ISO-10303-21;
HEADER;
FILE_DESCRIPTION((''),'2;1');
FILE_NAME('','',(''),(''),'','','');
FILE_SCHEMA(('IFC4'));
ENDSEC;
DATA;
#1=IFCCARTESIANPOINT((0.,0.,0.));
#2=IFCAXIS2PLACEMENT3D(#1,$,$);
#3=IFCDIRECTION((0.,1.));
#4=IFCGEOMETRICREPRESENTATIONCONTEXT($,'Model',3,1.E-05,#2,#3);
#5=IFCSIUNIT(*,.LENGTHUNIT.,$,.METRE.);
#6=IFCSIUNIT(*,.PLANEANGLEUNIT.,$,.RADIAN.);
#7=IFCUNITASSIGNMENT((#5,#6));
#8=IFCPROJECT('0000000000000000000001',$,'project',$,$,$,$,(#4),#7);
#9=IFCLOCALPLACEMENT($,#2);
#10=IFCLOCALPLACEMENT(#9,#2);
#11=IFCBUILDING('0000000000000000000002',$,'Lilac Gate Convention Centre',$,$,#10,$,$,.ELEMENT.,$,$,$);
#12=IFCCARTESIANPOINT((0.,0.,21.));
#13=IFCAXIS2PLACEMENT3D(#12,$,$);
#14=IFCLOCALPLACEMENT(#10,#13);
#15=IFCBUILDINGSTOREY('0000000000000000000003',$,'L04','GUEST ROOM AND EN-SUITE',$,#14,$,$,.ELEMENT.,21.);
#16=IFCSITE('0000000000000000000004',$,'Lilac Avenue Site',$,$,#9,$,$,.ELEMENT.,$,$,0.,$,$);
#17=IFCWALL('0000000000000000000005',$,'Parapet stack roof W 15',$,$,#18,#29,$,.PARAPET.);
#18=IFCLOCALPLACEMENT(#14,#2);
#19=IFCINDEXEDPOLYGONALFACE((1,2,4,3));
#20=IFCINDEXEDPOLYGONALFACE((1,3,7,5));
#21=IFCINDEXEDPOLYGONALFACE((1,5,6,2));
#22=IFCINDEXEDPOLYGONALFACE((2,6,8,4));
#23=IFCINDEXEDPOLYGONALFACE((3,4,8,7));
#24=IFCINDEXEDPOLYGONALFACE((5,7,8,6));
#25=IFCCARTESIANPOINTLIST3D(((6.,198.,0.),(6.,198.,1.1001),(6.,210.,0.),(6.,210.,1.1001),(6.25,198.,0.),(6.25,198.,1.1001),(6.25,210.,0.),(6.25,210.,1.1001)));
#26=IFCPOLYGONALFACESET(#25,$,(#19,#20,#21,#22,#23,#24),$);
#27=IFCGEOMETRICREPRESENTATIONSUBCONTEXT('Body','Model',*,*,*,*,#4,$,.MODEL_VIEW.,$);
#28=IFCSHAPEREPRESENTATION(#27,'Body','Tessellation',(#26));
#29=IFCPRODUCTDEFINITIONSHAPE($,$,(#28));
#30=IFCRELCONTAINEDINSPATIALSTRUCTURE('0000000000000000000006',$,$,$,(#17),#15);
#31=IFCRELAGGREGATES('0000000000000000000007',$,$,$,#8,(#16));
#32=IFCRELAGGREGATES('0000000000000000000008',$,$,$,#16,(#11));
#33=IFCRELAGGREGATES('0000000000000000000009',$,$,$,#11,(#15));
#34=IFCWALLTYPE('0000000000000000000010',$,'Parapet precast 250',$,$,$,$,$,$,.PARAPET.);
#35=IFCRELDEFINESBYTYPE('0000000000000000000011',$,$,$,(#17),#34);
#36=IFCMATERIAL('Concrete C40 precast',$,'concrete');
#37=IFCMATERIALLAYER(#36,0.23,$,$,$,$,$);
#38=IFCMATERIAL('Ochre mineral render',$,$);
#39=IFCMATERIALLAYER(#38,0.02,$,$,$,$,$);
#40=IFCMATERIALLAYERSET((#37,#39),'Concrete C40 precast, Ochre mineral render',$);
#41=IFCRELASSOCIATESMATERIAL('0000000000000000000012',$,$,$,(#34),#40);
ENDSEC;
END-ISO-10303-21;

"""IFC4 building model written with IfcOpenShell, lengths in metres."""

from ifc_helpers import new_model, si_unit, direction, frame, frame_2d, origin, place, context, subcontext, project, spatial, rectangle, extrude, material, layer, layer_set, type_object, element, save


model = new_model("IFC4")

# Units and contexts
model_context = context("Model", 3, precision=1e-05, world=origin(), true_north=direction((0.0, 1.0)))
body_context = subcontext(model_context, "Body", "Model", "MODEL_VIEW")
ifc_project = project(units=[si_unit("LENGTHUNIT", "METRE"), si_unit("PLANEANGLEUNIT", "RADIAN")], contexts=[model_context])

# Site, building, storey
site_placement = place(None, origin())
site = spatial("IfcSite", under=ifc_project, at=site_placement, Name="Lilac Avenue Site", CompositionType="ELEMENT", RefElevation=0.0)
building_placement = place(site_placement, origin())
building = spatial("IfcBuilding", under=site, at=building_placement, Name="Lilac Gate Convention Centre", CompositionType="ELEMENT")
storey_placement = place(building_placement, frame((0.0, 0.0, 21.0)))
storey = spatial("IfcBuildingStorey", under=building, at=storey_placement, Name="L04", Description="GUEST ROOM AND EN-SUITE", CompositionType="ELEMENT", Elevation=21.0)

# Wall
ifc_material_1 = material(Name="Concrete C40 precast", Category="concrete")
ifc_layer_1 = layer(ifc_material_1, 0.23)
ifc_material_2 = material(Name="Ochre mineral render")
ifc_layer_2 = layer(ifc_material_2, 0.02)
ifc_layer_set_1 = layer_set([ifc_layer_1, ifc_layer_2], Name="Concrete C40 precast, Ochre mineral render")
wall_type = type_object("IfcWallType", Name="Parapet precast 250", PredefinedType="PARAPET", material=ifc_layer_set_1)
wall_placement = place(storey_placement, frame((6.125, 198.0, 0.0), z_axis=(0.0, 0.0, 1.0), x_axis=(0.0, 1.0, 0.0)))
element("IfcWall", 1, at=wall_placement, inside=storey, type_object=wall_type, Name="Parapet stack roof W 15", PredefinedType="PARAPET", context=body_context, shape_type="SweptSolid", body=[
    extrude(rectangle(XDim=12.0, YDim=0.25, at=frame_2d((6.0, 0.0))), origin(), (0.0, 0.0, 1.0), 1.1001),
])

save(model, "model.ifc")
